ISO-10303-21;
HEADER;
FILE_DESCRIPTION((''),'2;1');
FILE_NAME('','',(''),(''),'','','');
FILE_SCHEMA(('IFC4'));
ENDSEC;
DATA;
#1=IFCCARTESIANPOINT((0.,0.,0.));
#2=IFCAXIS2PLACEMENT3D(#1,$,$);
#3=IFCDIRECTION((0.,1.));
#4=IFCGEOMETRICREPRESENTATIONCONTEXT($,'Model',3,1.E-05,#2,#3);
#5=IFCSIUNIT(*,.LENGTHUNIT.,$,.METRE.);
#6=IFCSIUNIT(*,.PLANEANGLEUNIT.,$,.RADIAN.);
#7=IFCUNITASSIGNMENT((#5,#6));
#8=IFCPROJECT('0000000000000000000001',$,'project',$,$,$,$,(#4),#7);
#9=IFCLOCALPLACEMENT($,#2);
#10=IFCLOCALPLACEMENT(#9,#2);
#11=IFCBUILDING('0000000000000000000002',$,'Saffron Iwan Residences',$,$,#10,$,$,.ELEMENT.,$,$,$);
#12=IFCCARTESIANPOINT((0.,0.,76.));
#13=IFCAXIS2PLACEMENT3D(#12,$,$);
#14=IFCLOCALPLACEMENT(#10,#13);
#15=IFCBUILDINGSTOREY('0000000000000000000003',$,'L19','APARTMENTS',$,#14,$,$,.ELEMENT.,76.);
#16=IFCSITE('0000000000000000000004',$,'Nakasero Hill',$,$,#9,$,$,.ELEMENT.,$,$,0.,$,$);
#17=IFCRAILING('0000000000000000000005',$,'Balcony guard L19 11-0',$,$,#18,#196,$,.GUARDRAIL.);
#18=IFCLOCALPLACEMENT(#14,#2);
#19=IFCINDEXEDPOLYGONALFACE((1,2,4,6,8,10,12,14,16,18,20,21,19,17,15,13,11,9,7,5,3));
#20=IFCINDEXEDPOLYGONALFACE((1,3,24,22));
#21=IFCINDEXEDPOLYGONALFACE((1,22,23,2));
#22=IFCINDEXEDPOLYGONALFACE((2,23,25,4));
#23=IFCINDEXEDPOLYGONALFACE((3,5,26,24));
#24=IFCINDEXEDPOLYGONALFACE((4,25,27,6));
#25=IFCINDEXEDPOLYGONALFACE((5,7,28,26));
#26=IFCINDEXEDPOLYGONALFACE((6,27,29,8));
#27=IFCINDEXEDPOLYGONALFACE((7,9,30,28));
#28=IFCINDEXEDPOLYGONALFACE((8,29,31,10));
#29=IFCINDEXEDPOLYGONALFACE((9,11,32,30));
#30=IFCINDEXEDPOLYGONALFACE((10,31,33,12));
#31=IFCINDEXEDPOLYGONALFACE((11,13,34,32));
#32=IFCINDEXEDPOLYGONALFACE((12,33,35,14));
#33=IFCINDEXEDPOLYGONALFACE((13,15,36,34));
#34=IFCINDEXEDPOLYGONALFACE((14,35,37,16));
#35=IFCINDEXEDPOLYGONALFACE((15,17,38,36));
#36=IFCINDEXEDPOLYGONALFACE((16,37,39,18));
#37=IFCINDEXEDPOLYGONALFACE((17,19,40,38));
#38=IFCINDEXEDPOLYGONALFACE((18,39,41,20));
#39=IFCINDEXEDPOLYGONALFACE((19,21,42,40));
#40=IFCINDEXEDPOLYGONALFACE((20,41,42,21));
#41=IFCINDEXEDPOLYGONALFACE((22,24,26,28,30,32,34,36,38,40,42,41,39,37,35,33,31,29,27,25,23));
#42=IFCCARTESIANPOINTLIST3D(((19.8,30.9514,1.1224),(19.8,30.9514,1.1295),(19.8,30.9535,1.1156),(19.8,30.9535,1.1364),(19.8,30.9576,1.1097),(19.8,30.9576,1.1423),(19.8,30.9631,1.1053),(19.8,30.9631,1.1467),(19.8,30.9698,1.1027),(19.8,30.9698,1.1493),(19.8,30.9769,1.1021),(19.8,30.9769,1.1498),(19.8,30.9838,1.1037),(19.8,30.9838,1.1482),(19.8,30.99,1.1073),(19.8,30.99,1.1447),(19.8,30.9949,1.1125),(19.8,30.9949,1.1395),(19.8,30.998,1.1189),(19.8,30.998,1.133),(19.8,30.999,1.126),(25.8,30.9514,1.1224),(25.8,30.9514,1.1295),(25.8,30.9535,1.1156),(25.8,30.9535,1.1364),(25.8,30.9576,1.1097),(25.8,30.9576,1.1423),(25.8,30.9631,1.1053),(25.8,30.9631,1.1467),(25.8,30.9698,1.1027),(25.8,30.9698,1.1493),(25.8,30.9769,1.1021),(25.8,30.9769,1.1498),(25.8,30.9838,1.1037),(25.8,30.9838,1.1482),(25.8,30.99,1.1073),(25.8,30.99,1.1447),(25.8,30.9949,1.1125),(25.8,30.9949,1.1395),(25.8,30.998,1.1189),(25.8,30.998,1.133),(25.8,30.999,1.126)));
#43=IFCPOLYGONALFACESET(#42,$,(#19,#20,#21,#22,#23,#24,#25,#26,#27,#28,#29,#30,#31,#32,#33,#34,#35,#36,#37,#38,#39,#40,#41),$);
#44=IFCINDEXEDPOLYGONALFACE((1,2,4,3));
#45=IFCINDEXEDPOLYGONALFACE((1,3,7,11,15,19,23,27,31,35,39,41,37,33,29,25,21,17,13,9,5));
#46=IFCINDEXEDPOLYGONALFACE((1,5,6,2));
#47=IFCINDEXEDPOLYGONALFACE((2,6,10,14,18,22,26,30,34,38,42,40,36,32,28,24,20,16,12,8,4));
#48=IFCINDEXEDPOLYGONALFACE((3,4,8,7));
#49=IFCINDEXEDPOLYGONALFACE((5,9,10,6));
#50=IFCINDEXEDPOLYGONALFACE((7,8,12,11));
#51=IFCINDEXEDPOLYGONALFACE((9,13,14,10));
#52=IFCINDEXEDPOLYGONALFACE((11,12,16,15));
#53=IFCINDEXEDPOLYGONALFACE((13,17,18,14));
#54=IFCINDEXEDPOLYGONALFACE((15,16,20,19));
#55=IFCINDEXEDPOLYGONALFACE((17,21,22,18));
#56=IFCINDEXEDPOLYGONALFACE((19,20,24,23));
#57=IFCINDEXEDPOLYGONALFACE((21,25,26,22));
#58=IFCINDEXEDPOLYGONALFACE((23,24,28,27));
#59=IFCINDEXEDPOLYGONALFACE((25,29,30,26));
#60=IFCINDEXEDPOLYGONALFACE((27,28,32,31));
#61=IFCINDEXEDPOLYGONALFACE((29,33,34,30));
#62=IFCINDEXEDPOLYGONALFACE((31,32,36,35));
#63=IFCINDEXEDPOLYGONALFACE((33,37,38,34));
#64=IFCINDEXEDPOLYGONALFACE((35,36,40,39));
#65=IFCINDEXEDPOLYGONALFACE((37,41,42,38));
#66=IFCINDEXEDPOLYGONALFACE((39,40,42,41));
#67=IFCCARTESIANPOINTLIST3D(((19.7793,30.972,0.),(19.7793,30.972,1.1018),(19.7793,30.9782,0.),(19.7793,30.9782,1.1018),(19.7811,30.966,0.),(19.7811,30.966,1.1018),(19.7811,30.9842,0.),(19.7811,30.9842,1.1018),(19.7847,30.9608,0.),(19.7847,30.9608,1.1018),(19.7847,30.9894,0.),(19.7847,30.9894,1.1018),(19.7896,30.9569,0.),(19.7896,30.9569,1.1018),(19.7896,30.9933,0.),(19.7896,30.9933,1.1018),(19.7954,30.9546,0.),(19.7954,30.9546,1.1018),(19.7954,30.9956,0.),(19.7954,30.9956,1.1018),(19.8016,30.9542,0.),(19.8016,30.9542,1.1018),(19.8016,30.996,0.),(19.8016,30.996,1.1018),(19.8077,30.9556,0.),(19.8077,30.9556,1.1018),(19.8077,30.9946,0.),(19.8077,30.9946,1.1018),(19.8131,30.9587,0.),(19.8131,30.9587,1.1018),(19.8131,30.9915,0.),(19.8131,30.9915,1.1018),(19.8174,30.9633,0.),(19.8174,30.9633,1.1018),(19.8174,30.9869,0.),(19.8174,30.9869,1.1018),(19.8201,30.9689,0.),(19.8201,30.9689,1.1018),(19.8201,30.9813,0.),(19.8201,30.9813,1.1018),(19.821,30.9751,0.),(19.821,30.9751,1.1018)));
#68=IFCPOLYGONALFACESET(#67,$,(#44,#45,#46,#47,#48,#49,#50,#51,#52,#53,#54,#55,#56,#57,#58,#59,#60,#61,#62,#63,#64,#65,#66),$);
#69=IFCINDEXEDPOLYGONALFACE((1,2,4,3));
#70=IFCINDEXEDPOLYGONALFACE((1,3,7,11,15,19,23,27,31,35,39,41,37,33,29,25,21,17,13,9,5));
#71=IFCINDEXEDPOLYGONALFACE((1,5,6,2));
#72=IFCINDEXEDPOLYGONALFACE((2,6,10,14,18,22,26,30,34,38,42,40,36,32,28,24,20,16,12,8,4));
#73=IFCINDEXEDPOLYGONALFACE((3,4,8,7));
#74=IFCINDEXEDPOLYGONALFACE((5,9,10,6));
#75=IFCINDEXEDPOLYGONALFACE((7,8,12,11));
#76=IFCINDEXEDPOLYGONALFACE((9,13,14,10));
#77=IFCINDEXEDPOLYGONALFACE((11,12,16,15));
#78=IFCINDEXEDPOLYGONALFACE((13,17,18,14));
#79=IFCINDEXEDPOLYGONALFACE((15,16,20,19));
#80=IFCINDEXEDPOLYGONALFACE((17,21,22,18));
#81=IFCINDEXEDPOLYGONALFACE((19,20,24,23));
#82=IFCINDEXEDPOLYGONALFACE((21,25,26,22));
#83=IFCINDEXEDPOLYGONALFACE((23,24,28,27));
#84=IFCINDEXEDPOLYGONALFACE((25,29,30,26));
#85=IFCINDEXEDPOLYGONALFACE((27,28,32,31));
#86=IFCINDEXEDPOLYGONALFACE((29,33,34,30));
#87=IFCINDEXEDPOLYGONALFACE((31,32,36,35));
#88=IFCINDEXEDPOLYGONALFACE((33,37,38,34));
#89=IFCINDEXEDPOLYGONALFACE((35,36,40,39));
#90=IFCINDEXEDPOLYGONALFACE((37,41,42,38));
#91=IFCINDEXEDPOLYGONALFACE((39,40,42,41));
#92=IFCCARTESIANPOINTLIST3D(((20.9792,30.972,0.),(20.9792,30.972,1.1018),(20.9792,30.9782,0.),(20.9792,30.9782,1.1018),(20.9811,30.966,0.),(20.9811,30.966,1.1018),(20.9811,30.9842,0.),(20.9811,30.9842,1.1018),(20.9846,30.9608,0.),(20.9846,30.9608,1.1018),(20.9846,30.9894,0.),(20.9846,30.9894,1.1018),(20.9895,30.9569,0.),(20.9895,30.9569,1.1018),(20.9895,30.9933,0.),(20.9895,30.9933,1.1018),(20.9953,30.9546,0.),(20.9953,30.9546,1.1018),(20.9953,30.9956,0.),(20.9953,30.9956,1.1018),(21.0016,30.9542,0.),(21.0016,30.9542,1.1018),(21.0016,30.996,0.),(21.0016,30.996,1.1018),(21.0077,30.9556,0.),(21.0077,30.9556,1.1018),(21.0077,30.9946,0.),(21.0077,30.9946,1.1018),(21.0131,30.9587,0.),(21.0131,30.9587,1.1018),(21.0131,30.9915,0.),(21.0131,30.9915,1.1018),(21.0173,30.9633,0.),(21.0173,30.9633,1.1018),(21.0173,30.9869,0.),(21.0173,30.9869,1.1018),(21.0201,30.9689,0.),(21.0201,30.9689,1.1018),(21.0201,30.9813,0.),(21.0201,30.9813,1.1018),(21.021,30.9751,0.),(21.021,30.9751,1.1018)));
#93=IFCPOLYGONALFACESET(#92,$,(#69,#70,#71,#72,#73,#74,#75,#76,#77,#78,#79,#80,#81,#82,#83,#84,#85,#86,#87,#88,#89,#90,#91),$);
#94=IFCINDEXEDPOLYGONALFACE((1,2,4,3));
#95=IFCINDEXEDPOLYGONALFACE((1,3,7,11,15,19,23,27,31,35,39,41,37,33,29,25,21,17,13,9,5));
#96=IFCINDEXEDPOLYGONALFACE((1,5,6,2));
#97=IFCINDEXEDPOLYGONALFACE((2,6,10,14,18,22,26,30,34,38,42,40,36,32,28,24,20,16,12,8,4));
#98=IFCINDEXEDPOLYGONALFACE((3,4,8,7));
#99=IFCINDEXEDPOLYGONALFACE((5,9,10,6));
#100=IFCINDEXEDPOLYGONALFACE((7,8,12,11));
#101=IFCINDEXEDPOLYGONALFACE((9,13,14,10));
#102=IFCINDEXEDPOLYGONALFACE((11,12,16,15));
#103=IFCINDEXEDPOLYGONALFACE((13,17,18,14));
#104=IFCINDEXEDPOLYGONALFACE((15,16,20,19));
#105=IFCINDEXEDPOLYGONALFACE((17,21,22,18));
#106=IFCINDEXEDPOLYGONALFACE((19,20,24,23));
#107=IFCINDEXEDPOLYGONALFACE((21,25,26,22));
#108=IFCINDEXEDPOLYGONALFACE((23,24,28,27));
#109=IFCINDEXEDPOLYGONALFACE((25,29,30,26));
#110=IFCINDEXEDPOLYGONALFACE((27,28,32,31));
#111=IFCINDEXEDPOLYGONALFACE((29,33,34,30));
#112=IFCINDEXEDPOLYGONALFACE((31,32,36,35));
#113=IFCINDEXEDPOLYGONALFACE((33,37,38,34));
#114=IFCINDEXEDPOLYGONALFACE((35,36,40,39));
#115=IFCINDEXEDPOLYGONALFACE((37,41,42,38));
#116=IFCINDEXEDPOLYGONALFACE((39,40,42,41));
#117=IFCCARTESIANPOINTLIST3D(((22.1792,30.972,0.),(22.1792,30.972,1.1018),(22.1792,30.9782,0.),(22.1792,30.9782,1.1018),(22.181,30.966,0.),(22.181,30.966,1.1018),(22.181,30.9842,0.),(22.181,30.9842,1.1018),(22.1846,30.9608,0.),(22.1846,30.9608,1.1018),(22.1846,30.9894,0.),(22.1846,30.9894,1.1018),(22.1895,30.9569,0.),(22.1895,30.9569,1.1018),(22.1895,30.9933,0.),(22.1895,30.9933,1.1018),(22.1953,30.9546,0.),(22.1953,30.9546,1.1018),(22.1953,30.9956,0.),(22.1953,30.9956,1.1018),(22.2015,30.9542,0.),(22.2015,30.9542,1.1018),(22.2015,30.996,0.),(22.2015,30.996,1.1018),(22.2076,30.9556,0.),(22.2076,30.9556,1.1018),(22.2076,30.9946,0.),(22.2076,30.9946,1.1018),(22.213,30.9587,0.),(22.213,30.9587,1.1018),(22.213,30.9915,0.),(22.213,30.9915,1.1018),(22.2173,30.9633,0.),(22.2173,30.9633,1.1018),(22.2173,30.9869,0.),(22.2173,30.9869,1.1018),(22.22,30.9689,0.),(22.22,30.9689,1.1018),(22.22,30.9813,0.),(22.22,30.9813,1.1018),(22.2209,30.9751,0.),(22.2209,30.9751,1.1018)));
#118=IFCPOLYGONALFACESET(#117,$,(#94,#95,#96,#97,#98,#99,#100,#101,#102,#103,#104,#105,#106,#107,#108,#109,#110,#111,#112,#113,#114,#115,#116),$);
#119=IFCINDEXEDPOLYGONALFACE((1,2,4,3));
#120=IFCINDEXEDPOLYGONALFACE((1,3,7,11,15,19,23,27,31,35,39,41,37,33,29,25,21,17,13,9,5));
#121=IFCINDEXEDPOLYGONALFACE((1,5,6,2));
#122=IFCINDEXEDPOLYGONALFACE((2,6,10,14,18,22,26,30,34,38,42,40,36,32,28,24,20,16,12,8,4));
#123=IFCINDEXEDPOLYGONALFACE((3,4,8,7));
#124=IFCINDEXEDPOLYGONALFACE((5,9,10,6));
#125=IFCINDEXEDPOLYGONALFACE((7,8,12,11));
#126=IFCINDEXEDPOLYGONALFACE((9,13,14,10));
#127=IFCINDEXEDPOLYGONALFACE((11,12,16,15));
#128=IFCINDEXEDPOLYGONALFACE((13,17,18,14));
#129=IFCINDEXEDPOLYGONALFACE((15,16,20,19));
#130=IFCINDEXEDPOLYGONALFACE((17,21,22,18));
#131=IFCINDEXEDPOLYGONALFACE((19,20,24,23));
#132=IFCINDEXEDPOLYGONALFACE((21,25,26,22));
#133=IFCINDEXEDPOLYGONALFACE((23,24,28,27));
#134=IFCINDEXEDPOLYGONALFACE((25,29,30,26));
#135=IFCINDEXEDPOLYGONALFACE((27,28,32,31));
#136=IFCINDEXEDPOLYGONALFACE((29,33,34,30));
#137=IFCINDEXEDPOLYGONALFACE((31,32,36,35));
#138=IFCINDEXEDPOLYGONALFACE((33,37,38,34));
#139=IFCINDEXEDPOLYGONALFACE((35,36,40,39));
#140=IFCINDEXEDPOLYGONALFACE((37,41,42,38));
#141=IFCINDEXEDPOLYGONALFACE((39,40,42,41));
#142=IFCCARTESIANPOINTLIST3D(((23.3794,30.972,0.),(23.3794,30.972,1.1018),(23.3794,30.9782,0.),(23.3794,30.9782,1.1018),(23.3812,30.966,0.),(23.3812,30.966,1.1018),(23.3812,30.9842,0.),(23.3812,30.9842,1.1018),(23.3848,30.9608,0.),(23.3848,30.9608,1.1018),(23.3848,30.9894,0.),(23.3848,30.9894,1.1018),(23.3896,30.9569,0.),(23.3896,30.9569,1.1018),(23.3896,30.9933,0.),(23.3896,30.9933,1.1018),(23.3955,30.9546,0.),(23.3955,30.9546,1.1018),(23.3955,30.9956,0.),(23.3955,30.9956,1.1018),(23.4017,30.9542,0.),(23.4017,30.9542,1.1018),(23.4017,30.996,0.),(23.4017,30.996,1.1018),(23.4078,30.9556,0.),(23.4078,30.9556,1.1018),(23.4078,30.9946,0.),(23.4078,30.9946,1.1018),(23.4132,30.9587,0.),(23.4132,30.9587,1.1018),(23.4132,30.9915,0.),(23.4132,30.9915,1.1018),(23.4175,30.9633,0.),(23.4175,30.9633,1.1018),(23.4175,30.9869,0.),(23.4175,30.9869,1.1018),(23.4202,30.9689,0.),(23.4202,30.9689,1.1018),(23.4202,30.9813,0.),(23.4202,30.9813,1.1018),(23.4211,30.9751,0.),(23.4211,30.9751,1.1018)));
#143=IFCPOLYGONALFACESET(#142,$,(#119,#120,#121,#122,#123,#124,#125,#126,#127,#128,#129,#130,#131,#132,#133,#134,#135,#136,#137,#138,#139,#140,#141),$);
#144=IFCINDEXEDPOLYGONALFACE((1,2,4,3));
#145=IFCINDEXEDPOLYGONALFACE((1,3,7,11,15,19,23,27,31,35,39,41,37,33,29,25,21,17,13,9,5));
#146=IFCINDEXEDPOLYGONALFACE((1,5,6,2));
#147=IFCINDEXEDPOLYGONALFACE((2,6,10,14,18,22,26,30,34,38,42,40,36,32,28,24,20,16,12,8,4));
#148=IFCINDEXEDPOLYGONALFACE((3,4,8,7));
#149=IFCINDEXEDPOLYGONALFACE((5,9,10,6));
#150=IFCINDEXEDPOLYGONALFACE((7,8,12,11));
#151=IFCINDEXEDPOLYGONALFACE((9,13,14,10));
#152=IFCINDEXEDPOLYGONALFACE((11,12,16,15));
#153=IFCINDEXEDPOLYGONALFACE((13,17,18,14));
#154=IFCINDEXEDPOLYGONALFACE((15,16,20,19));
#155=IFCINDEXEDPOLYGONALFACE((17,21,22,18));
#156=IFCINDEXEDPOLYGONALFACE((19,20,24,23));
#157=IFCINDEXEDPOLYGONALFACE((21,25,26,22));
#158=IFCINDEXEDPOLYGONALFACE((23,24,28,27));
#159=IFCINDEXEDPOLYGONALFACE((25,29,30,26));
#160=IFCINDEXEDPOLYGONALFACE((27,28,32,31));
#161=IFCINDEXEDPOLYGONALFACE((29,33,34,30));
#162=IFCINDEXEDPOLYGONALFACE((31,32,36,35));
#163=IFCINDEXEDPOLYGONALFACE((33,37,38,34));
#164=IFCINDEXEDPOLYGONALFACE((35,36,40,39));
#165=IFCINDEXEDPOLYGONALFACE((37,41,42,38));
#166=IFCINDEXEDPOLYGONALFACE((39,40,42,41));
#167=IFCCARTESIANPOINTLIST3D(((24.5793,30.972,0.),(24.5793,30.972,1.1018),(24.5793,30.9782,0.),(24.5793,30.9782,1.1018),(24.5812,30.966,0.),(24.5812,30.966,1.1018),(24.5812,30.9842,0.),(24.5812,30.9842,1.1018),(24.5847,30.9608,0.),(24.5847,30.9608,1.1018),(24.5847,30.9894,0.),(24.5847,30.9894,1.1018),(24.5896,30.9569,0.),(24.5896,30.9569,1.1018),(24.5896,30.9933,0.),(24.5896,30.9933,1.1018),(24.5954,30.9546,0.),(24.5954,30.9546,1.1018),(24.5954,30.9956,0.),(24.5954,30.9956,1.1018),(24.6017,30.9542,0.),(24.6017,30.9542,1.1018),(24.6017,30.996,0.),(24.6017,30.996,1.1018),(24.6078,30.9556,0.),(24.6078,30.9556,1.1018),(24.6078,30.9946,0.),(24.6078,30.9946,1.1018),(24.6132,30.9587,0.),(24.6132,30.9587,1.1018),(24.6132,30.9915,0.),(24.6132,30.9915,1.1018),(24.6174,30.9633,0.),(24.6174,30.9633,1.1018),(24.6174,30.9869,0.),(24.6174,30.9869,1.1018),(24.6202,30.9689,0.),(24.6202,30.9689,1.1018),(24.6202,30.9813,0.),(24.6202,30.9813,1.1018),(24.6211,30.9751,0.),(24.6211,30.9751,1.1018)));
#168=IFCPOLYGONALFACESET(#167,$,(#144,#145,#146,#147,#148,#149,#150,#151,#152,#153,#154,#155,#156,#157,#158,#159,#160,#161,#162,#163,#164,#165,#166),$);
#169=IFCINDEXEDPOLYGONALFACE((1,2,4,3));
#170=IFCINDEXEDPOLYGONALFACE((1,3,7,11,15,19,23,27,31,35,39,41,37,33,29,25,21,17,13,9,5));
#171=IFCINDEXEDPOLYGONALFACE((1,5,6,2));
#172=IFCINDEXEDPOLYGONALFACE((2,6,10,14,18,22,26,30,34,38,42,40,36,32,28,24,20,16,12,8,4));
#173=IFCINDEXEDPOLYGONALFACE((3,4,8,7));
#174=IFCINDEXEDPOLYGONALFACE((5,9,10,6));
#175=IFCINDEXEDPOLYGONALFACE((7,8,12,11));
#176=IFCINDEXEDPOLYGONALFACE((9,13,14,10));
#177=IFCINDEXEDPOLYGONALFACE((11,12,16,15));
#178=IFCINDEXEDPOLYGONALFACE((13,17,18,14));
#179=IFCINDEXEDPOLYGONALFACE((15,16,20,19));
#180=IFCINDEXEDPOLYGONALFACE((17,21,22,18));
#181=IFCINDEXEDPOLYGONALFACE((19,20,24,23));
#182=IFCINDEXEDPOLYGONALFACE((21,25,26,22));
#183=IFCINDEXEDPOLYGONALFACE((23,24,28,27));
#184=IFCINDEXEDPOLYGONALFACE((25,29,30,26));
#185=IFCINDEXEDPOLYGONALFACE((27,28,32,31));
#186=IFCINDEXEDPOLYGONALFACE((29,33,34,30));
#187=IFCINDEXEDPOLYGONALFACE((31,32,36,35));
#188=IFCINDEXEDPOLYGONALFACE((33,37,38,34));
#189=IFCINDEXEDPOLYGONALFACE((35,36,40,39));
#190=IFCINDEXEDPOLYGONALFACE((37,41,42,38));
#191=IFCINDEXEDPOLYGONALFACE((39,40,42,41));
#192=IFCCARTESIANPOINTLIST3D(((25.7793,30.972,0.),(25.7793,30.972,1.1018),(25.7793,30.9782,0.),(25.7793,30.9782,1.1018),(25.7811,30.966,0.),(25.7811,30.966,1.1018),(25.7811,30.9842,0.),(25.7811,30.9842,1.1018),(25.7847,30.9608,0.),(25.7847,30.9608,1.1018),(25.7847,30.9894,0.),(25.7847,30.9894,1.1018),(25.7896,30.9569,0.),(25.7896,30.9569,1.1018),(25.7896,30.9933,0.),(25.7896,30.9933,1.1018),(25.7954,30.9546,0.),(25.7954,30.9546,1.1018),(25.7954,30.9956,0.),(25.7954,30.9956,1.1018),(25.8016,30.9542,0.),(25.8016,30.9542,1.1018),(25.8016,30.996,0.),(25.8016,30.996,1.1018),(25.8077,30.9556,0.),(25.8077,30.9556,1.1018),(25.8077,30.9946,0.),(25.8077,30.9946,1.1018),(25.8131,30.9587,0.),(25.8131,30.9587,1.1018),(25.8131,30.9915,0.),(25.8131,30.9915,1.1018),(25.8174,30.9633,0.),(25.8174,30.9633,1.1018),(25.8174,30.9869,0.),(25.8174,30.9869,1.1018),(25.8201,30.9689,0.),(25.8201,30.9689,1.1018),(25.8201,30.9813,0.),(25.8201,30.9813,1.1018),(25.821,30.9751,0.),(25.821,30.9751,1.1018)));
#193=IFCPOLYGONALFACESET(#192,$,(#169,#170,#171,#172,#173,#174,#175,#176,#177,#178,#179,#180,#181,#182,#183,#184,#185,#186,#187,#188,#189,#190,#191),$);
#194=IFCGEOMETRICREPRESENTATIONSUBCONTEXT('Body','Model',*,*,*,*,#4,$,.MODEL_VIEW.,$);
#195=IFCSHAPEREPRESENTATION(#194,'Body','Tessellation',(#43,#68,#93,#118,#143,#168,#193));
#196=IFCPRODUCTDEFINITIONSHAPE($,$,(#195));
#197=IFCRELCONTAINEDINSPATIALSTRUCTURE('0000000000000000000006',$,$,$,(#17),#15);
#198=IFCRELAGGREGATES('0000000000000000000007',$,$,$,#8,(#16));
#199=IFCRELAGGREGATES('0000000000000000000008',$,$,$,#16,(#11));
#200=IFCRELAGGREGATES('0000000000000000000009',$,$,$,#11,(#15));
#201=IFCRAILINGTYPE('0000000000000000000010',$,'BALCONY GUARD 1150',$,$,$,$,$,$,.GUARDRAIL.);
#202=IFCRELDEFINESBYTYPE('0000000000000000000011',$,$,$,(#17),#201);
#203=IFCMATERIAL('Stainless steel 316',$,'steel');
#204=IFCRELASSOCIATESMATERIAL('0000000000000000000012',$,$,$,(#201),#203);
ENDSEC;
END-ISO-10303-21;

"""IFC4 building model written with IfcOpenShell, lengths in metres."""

from ifc_helpers import new_model, si_unit, direction, frame, origin, origin_2d, place, context, subcontext, project, spatial, circle, extrude, material, type_object, element, save


model = new_model("IFC4")

# Units and contexts
model_context = context("Model", 3, precision=1e-05, world=origin(), true_north=direction((0.0, 1.0)))
body_context = subcontext(model_context, "Body", "Model", "MODEL_VIEW")
ifc_project = project(units=[si_unit("LENGTHUNIT", "METRE"), si_unit("PLANEANGLEUNIT", "RADIAN")], contexts=[model_context])

# Site, building, storey
site_placement = place(None, origin())
site = spatial("IfcSite", under=ifc_project, at=site_placement, Name="Nakasero Hill", CompositionType="ELEMENT", RefElevation=0.0)
building_placement = place(site_placement, origin())
building = spatial("IfcBuilding", under=site, at=building_placement, Name="Saffron Iwan Residences", CompositionType="ELEMENT")
storey_placement = place(building_placement, frame((0.0, 0.0, 76.0)))
storey = spatial("IfcBuildingStorey", under=building, at=storey_placement, Name="L19", Description="APARTMENTS", CompositionType="ELEMENT", Elevation=76.0)

# Railing
ifc_material_1 = material(Name="Stainless steel 316", Category="steel")
railing_type = type_object("IfcRailingType", Name="BALCONY GUARD 1150", PredefinedType="GUARDRAIL", material=ifc_material_1)
for number, where, name in (
    (1, (19.8, 30.9751, 0.0), "Balcony guard L19 11-0"),
):
    element("IfcRailing", number, at=place(storey_placement, frame(where)), inside=storey, type_object=railing_type, Name=name, PredefinedType="GUARDRAIL", context=body_context, shape_type="SweptSolid", body=[
        extrude(circle(Radius=0.0239, at=origin_2d()), frame((0.0, 0.0, 1.126), z_axis=(1.0, 0.0, 0.0), x_axis=(0.0, 1.0, 0.0)), (0.0, 0.0, 1.0), 6.0),
        extrude(circle(Radius=0.021, at=origin_2d()), origin(), (0.0, 0.0, 1.0), 1.1018),
        extrude(circle(Radius=0.021, at=origin_2d()), frame((1.2, 0.0, 0.0)), (0.0, 0.0, 1.0), 1.1018),
        extrude(circle(Radius=0.021, at=origin_2d()), frame((2.3999, 0.0, 0.0)), (0.0, 0.0, 1.0), 1.1018),
        extrude(circle(Radius=0.021, at=origin_2d()), frame((3.6001, 0.0, 0.0)), (0.0, 0.0, 1.0), 1.1018),
        extrude(circle(Radius=0.021, at=origin_2d()), frame((4.8, 0.0, 0.0)), (0.0, 0.0, 1.0), 1.1018),
        extrude(circle(Radius=0.021, at=origin_2d()), frame((6.0, 0.0, 0.0)), (0.0, 0.0, 1.0), 1.1018),
    ])

save(model, "model.ifc")
